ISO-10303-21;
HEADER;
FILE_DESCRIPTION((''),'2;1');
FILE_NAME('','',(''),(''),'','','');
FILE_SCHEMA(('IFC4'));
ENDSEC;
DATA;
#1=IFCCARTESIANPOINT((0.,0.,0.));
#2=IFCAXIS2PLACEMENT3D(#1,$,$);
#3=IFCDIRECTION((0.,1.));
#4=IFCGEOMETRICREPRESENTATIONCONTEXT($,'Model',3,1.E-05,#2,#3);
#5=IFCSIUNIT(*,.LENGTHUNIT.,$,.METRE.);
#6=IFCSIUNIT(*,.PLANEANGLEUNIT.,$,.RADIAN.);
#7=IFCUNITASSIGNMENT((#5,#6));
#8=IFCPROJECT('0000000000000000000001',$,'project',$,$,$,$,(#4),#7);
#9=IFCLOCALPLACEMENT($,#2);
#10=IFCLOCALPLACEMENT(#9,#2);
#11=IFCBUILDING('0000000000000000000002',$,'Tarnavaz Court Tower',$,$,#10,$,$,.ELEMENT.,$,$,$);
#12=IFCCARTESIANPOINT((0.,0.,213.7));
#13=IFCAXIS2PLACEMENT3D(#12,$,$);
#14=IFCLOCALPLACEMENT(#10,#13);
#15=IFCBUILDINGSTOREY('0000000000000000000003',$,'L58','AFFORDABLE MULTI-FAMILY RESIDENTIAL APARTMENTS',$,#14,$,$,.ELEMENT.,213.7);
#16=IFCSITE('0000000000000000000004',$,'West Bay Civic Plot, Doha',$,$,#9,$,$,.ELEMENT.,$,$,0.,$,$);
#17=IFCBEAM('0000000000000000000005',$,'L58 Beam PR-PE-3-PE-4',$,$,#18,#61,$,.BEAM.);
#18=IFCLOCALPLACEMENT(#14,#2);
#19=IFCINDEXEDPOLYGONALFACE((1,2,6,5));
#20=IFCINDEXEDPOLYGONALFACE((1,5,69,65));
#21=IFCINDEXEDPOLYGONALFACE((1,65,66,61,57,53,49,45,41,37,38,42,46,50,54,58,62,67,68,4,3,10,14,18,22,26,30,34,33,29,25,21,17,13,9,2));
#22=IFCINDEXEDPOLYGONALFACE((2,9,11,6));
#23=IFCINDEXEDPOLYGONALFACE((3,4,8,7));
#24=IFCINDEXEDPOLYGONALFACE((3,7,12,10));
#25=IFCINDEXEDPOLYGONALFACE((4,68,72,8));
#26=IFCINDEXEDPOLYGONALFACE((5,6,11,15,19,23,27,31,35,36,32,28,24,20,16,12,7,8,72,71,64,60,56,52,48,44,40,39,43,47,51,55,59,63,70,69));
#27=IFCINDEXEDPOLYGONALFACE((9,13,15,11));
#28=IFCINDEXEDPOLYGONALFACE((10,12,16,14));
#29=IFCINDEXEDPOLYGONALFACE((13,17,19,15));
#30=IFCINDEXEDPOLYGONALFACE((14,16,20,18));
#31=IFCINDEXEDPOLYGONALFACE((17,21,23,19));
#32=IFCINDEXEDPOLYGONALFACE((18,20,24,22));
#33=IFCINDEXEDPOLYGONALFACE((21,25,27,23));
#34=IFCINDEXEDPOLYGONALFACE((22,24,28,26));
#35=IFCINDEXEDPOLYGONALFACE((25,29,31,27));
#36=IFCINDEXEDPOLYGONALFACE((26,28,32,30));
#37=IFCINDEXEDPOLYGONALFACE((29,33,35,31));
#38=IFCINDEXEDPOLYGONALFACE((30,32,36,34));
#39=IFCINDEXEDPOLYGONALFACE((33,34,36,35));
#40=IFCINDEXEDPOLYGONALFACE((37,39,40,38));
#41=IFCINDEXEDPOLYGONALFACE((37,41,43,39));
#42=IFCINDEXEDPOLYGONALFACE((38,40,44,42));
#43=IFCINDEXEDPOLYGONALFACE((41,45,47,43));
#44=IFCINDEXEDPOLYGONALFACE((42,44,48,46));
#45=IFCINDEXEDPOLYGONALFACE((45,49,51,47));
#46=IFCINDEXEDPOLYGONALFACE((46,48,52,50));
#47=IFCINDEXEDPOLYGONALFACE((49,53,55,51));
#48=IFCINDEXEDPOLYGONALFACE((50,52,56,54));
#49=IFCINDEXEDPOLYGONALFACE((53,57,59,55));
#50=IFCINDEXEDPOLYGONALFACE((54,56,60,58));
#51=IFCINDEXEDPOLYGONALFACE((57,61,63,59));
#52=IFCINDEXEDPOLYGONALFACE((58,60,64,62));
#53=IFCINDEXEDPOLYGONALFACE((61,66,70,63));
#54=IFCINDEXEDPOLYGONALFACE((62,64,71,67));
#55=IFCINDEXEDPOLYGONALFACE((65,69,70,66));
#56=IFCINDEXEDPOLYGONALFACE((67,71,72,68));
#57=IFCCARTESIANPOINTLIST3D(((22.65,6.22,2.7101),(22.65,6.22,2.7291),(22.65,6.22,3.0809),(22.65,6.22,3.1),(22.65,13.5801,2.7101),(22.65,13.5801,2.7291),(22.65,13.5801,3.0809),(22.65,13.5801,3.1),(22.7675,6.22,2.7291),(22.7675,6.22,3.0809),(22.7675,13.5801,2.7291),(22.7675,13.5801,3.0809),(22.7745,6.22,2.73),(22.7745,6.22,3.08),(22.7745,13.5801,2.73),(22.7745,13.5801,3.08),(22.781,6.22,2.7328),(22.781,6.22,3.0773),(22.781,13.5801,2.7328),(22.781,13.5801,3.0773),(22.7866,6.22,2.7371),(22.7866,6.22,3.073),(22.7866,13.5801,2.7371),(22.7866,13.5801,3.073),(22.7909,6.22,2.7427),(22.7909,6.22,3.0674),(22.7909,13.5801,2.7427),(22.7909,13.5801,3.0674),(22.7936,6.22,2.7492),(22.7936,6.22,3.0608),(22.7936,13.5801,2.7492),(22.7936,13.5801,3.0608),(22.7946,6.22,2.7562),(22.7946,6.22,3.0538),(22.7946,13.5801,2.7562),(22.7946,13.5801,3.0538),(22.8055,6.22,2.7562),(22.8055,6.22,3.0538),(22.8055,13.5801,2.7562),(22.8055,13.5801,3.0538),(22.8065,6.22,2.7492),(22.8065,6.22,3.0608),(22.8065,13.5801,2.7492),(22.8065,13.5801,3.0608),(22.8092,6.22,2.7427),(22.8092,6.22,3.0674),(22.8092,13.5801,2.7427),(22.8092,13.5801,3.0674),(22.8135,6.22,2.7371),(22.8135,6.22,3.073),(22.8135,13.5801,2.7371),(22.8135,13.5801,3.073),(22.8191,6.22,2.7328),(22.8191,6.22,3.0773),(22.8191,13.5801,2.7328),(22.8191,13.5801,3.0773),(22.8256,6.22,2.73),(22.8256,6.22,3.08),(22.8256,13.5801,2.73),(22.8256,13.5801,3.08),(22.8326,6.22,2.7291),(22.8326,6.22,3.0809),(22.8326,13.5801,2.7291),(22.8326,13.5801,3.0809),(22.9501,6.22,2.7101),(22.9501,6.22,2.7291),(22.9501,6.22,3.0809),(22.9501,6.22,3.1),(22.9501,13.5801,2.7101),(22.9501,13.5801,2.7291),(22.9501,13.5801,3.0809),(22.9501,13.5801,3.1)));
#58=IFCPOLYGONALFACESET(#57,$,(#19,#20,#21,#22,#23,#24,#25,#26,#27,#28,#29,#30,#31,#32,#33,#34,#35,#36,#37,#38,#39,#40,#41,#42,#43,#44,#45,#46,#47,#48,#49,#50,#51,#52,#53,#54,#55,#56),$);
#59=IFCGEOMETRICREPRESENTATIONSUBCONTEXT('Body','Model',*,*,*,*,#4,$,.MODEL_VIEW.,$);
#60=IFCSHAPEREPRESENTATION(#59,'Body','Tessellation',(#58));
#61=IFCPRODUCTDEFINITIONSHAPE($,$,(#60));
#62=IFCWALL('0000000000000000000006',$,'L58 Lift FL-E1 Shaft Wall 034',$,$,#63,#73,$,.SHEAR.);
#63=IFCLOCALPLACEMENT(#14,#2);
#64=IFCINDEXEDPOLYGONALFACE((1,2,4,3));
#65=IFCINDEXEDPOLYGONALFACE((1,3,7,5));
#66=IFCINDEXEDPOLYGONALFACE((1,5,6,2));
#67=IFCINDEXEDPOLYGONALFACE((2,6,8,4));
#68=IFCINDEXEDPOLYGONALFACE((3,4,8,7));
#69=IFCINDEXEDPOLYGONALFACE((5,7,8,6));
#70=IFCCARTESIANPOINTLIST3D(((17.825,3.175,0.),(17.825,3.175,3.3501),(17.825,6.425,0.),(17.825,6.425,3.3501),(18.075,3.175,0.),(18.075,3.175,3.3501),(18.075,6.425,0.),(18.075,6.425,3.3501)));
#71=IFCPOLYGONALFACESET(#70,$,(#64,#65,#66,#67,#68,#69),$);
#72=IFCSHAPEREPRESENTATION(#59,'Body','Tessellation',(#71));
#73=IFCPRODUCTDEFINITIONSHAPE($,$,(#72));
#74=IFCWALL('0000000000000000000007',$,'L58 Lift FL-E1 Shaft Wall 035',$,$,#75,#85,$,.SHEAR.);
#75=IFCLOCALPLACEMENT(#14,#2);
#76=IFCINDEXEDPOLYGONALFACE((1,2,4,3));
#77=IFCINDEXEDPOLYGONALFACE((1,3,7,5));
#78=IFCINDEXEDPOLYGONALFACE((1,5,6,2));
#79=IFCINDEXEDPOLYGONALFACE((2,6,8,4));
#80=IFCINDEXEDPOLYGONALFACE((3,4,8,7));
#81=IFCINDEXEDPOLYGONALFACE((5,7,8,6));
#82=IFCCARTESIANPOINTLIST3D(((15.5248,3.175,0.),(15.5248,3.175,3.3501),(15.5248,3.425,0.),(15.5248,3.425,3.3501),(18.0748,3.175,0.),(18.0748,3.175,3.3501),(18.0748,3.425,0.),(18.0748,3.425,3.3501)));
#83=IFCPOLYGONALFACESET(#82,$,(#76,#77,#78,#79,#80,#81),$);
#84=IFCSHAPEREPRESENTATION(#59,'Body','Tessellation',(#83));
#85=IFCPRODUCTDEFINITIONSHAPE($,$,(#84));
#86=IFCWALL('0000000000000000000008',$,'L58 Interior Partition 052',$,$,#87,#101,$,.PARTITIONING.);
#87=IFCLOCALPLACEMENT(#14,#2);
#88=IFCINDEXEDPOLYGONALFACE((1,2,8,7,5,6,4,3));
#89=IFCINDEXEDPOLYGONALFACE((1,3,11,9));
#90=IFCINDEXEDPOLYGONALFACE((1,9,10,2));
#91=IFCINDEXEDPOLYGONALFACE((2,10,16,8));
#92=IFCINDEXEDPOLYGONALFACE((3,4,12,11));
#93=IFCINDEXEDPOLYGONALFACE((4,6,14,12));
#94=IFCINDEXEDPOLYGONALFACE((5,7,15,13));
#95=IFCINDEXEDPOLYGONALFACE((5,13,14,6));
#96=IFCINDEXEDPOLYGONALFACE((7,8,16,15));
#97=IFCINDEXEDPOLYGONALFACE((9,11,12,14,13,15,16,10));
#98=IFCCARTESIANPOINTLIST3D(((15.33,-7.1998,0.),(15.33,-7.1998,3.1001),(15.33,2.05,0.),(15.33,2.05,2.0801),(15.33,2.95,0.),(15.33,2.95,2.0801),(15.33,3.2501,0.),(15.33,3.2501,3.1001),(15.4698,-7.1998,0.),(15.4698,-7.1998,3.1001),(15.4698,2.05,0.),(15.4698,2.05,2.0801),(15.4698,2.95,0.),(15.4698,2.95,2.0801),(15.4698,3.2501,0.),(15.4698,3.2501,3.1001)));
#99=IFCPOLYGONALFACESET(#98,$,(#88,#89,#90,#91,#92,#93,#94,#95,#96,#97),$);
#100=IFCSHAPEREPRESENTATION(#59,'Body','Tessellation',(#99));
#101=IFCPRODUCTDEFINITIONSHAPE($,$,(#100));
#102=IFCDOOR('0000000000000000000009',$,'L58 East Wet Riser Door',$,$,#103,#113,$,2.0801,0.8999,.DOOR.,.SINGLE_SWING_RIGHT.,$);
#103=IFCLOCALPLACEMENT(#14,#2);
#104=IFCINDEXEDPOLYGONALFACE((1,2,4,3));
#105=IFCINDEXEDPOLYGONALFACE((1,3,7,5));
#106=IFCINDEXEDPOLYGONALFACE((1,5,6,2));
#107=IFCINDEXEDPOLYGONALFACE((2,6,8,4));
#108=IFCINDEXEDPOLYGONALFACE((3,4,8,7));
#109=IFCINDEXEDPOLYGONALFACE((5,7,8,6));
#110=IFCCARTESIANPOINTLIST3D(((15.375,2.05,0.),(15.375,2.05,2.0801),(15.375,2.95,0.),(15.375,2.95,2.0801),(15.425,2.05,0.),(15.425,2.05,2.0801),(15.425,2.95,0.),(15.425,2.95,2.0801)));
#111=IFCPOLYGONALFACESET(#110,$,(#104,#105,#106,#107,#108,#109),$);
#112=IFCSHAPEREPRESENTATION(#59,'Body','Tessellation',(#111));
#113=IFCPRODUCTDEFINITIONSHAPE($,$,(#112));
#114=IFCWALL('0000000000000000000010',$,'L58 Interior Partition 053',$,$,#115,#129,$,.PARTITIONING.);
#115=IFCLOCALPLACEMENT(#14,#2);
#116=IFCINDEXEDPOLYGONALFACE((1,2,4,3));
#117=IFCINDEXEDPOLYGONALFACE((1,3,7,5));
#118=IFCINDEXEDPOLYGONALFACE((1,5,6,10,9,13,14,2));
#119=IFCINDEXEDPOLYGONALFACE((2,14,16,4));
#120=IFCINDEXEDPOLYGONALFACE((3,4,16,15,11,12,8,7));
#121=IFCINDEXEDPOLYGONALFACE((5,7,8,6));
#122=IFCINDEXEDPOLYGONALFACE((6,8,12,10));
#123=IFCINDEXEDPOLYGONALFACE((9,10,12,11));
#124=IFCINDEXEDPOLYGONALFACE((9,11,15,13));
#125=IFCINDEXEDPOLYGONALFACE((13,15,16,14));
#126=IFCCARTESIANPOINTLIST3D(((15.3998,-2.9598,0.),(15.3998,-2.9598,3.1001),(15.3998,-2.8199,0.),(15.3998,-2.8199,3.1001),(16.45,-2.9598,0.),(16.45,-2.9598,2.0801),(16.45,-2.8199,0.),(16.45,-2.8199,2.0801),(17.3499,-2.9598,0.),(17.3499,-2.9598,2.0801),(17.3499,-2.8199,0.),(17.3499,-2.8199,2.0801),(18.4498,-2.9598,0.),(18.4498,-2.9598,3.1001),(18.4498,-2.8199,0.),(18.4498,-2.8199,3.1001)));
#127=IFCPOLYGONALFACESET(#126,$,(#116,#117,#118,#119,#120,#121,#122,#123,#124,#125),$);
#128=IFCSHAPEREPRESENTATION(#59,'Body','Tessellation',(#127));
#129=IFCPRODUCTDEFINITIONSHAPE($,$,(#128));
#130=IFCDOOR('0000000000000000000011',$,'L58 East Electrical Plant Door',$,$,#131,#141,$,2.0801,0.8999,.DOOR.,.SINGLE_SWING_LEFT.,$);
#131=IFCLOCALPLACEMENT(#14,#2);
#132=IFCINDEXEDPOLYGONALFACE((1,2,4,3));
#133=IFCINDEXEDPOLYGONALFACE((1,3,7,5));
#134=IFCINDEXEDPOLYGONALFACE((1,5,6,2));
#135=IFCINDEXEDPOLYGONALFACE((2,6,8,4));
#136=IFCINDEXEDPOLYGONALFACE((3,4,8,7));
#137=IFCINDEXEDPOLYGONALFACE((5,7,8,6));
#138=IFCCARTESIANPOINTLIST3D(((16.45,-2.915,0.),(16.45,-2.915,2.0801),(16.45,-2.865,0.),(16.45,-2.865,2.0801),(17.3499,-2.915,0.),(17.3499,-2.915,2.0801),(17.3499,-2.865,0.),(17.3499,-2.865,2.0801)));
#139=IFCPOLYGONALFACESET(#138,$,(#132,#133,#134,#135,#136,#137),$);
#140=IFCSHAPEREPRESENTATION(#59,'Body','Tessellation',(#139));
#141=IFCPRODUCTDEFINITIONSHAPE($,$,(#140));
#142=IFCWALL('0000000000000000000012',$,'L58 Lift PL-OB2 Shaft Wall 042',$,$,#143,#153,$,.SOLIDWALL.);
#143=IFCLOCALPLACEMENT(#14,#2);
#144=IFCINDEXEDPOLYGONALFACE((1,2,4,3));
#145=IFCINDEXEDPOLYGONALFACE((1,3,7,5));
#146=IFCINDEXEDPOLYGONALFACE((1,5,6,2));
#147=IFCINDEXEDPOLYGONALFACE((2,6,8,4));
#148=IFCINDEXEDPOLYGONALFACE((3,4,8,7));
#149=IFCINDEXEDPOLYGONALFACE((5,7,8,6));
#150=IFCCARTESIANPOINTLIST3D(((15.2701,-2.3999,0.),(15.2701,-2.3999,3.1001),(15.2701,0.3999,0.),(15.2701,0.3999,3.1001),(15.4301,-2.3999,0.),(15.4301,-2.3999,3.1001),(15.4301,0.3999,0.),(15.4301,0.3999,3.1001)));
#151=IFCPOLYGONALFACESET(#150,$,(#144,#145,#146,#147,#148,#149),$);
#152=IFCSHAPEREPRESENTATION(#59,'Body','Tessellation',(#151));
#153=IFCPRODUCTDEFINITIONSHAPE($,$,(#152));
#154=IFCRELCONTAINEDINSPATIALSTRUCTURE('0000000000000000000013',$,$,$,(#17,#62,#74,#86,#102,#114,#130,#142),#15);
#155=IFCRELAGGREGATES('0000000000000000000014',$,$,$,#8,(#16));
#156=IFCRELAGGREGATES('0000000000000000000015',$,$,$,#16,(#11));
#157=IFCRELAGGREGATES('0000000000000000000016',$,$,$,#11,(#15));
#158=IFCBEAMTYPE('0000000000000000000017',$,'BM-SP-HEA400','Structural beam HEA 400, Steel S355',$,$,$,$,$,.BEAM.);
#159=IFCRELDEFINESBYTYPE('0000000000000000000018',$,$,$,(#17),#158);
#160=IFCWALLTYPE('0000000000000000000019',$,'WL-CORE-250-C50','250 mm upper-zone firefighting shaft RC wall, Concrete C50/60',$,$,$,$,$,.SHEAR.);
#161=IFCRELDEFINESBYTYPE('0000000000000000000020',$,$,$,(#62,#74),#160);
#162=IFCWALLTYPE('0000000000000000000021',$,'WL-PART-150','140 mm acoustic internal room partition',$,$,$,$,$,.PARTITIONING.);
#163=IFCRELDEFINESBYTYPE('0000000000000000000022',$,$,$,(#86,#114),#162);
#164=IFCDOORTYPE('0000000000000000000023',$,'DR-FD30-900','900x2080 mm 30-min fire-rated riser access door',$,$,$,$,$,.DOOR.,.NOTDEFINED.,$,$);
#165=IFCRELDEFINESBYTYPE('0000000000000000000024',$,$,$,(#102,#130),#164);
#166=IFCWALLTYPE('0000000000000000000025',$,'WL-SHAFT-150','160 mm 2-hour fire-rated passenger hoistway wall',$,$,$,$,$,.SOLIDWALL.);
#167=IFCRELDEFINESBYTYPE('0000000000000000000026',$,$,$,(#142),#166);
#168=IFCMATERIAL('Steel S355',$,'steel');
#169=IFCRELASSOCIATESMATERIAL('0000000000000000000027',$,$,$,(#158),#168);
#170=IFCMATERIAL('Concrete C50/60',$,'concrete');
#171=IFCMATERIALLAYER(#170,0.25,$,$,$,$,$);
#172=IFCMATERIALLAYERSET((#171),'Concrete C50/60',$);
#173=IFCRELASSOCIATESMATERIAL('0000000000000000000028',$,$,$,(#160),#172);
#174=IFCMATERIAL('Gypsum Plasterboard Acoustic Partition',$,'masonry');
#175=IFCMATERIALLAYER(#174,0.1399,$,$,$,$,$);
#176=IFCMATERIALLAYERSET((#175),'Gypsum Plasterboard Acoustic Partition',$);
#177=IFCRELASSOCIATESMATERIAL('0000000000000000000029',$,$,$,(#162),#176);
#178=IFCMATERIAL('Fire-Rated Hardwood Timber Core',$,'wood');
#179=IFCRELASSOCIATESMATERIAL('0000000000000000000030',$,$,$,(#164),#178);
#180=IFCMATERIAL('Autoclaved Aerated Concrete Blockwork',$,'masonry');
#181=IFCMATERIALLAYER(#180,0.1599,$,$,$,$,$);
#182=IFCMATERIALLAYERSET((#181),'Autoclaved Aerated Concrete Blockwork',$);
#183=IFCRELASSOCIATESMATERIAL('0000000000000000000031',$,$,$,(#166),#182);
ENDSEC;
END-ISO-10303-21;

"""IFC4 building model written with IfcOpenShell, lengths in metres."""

from ifc_helpers import new_model, si_unit, direction, frame, frame_2d, origin, origin_2d, place, context, subcontext, project, spatial, rectangle, i_section, extrude, material, layer, layer_set, material_profile, profile_set, type_object, element, fill, save


model = new_model("IFC4")

# Units and contexts
model_context = context("Model", 3, precision=1e-05, world=origin(), true_north=direction((0.0, 1.0)))
body_context = subcontext(model_context, "Body", "Model", "MODEL_VIEW")
ifc_project = project(units=[si_unit("LENGTHUNIT", "METRE"), si_unit("PLANEANGLEUNIT", "RADIAN")], contexts=[model_context])

# Site, building, storey
site_placement = place(None, origin())
site = spatial("IfcSite", under=ifc_project, at=site_placement, Name="West Bay Civic Plot, Doha", CompositionType="ELEMENT", RefElevation=0.0)
building_placement = place(site_placement, origin())
building = spatial("IfcBuilding", under=site, at=building_placement, Name="Tarnavaz Court Tower", CompositionType="ELEMENT")
storey_placement = place(building_placement, frame((0.0, 0.0, 213.7)))
storey = spatial("IfcBuildingStorey", under=building, at=storey_placement, Name="L58", Description="AFFORDABLE MULTI-FAMILY RESIDENTIAL APARTMENTS", CompositionType="ELEMENT", Elevation=213.7)

# Shared definitions
ifc_material_1 = material(Name="Concrete C50/60", Category="concrete")

# Beam
ifc_material_2 = material(Name="Steel S355", Category="steel")
ifc_material_profile_1 = material_profile(ifc_material_2, i_section(OverallWidth=0.3, OverallDepth=0.3899, WebThickness=0.011, FlangeThickness=0.019, FilletRadius=0.0271, at=origin_2d()), Name="HEA 400")
ifc_profile_set_1 = profile_set([ifc_material_profile_1], Name="Steel S355")
beam_type_1 = type_object("IfcBeamType", Name="BM-SP-HEA400", Description="Structural beam HEA 400, Steel S355", PredefinedType="BEAM", material=ifc_profile_set_1)
beam_1_placement = place(storey_placement, frame((22.8, 6.22, 2.905), z_axis=(0.0, 1.0, 0.0), x_axis=(-1.0, 0.0, 0.0)))
element("IfcBeam", 1, at=beam_1_placement, inside=storey, type_object=beam_type_1, Name="L58 Beam PR-PE-3-PE-4", PredefinedType="BEAM", context=body_context, shape_type="SweptSolid", body=[
    extrude(i_section(OverallWidth=0.3, OverallDepth=0.3899, WebThickness=0.011, FlangeThickness=0.019, FilletRadius=0.0271, at=origin_2d()), origin(), (0.0, 0.0, 1.0), 7.3601),
])

# Shared definitions
ifc_layer_1 = layer(ifc_material_1, 0.25)
ifc_layer_set_1 = layer_set([ifc_layer_1], Name="Concrete C50/60")
wall_type_1 = type_object("IfcWallType", Name="WL-CORE-250-C50", Description="250 mm upper-zone firefighting shaft RC wall, Concrete C50/60", PredefinedType="SHEAR", material=ifc_layer_set_1)

# Walls
wall_1_placement = place(storey_placement, frame((17.95, 3.175, 0.0), z_axis=(0.0, 0.0, 1.0), x_axis=(0.0, 1.0, 0.0)))
element("IfcWall", 2, at=wall_1_placement, inside=storey, type_object=wall_type_1, Name="L58 Lift FL-E1 Shaft Wall 034", PredefinedType="SHEAR", context=body_context, shape_type="SweptSolid", body=[
    extrude(rectangle(XDim=3.25, YDim=0.25, at=frame_2d((1.625, 0.0))), origin(), (0.0, 0.0, 1.0), 3.3501),
])
wall_2_placement = place(storey_placement, frame((15.5249, 3.3, 0.0), z_axis=(0.0, 0.0, 1.0), x_axis=(1.0, 0.0, 0.0)))
element("IfcWall", 3, at=wall_2_placement, inside=storey, type_object=wall_type_1, Name="L58 Lift FL-E1 Shaft Wall 035", PredefinedType="SHEAR", context=body_context, shape_type="SweptSolid", body=[
    extrude(rectangle(XDim=2.55, YDim=0.25, at=frame_2d((1.2749, 0.0))), origin(), (0.0, 0.0, 1.0), 3.3501),
])

# Walls, openings, doors
ifc_material_3 = material(Name="Gypsum Plasterboard Acoustic Partition", Category="masonry")
ifc_layer_2 = layer(ifc_material_3, 0.1399)
ifc_layer_set_2 = layer_set([ifc_layer_2], Name="Gypsum Plasterboard Acoustic Partition")
wall_type_2 = type_object("IfcWallType", Name="WL-PART-150", Description="140 mm acoustic internal room partition", PredefinedType="PARTITIONING", material=ifc_layer_set_2)
wall_3_placement = place(storey_placement, frame((15.3999, -7.2, 0.0), z_axis=(0.0, 0.0, 1.0), x_axis=(0.0, 1.0, 0.0)))
wall_3 = element("IfcWall", 4, at=wall_3_placement, inside=storey, type_object=wall_type_2, Name="L58 Interior Partition 052", PredefinedType="PARTITIONING", context=body_context, shape_type="SweptSolid", body=[
    extrude(rectangle(XDim=10.45, YDim=0.1399, at=frame_2d((5.2251, 0.0))), origin(), (0.0, 0.0, 1.0), 3.1001),
])
opening_1_placement = place(wall_3_placement, frame((9.25, 0.0, 0.0)))
opening_1 = element("IfcOpeningElement", 5, at=opening_1_placement, cuts=wall_3, PredefinedType="OPENING", context=body_context, shape_type="SweptSolid", body=[
    extrude(rectangle(XDim=0.8999, YDim=2.0801, at=frame_2d((0.45, 1.04))), frame((0.0, 0.0798, 0.0), z_axis=(0.0, -1.0, 0.0), x_axis=(1.0, 0.0, 0.0)), (0.0, 0.0, 1.0), 0.1599),
])
ifc_material_4 = material(Name="Fire-Rated Hardwood Timber Core", Category="wood")
door_type_1 = type_object("IfcDoorType", Name="DR-FD30-900", Description="900x2080 mm 30-min fire-rated riser access door", OperationType="NOTDEFINED", PredefinedType="DOOR", material=ifc_material_4)
door_1_placement = place(opening_1_placement, origin())
door_1 = element("IfcDoor", 6, at=door_1_placement, inside=storey, type_object=door_type_1, Name="L58 East Wet Riser Door", OperationType="SINGLE_SWING_RIGHT", OverallHeight=2.0801, OverallWidth=0.8999, PredefinedType="DOOR", context=body_context, shape_type="SweptSolid", body=[
    extrude(rectangle(XDim=0.8999, YDim=2.0801, at=frame_2d((0.45, 1.04))), frame((0.0, 0.0249, 0.0), z_axis=(0.0, -1.0, 0.0), x_axis=(1.0, 0.0, 0.0)), (0.0, 0.0, 1.0), 0.05),
])
fill(opening_1, door_1)
wall_4_placement = place(storey_placement, frame((15.3999, -2.8899, 0.0), z_axis=(0.0, 0.0, 1.0), x_axis=(1.0, 0.0, 0.0)))
wall_4 = element("IfcWall", 7, at=wall_4_placement, inside=storey, type_object=wall_type_2, Name="L58 Interior Partition 053", PredefinedType="PARTITIONING", context=body_context, shape_type="SweptSolid", body=[
    extrude(rectangle(XDim=3.05, YDim=0.1399, at=frame_2d((1.5249, 0.0))), origin(), (0.0, 0.0, 1.0), 3.1001),
])
opening_2_placement = place(wall_4_placement, frame((1.05, 0.0, 0.0)))
opening_2 = element("IfcOpeningElement", 8, at=opening_2_placement, cuts=wall_4, PredefinedType="OPENING", context=body_context, shape_type="SweptSolid", body=[
    extrude(rectangle(XDim=0.8999, YDim=2.0801, at=frame_2d((0.45, 1.04))), frame((0.0, 0.0798, 0.0), z_axis=(0.0, -1.0, 0.0), x_axis=(1.0, 0.0, 0.0)), (0.0, 0.0, 1.0), 0.1599),
])
door_2_placement = place(opening_2_placement, origin())
door_2 = element("IfcDoor", 9, at=door_2_placement, inside=storey, type_object=door_type_1, Name="L58 East Electrical Plant Door", OperationType="SINGLE_SWING_LEFT", OverallHeight=2.0801, OverallWidth=0.8999, PredefinedType="DOOR", context=body_context, shape_type="SweptSolid", body=[
    extrude(rectangle(XDim=0.8999, YDim=2.0801, at=frame_2d((0.45, 1.04))), frame((0.0, 0.0249, 0.0), z_axis=(0.0, -1.0, 0.0), x_axis=(1.0, 0.0, 0.0)), (0.0, 0.0, 1.0), 0.05),
])
fill(opening_2, door_2)

# Wall
ifc_material_5 = material(Name="Autoclaved Aerated Concrete Blockwork", Category="masonry")
ifc_layer_3 = layer(ifc_material_5, 0.1599)
ifc_layer_set_3 = layer_set([ifc_layer_3], Name="Autoclaved Aerated Concrete Blockwork")
wall_type_3 = type_object("IfcWallType", Name="WL-SHAFT-150", Description="160 mm 2-hour fire-rated passenger hoistway wall", PredefinedType="SOLIDWALL", material=ifc_layer_set_3)
wall_5_placement = place(storey_placement, frame((15.3501, -2.3999, 0.0), z_axis=(0.0, 0.0, 1.0), x_axis=(0.0, 1.0, 0.0)))
element("IfcWall", 10, at=wall_5_placement, inside=storey, type_object=wall_type_3, Name="L58 Lift PL-OB2 Shaft Wall 042", PredefinedType="SOLIDWALL", context=body_context, shape_type="SweptSolid", body=[
    extrude(rectangle(XDim=2.7998, YDim=0.1599, at=frame_2d((1.3999, 0.0))), origin(), (0.0, 0.0, 1.0), 3.1001),
])

save(model, "model.ifc")
